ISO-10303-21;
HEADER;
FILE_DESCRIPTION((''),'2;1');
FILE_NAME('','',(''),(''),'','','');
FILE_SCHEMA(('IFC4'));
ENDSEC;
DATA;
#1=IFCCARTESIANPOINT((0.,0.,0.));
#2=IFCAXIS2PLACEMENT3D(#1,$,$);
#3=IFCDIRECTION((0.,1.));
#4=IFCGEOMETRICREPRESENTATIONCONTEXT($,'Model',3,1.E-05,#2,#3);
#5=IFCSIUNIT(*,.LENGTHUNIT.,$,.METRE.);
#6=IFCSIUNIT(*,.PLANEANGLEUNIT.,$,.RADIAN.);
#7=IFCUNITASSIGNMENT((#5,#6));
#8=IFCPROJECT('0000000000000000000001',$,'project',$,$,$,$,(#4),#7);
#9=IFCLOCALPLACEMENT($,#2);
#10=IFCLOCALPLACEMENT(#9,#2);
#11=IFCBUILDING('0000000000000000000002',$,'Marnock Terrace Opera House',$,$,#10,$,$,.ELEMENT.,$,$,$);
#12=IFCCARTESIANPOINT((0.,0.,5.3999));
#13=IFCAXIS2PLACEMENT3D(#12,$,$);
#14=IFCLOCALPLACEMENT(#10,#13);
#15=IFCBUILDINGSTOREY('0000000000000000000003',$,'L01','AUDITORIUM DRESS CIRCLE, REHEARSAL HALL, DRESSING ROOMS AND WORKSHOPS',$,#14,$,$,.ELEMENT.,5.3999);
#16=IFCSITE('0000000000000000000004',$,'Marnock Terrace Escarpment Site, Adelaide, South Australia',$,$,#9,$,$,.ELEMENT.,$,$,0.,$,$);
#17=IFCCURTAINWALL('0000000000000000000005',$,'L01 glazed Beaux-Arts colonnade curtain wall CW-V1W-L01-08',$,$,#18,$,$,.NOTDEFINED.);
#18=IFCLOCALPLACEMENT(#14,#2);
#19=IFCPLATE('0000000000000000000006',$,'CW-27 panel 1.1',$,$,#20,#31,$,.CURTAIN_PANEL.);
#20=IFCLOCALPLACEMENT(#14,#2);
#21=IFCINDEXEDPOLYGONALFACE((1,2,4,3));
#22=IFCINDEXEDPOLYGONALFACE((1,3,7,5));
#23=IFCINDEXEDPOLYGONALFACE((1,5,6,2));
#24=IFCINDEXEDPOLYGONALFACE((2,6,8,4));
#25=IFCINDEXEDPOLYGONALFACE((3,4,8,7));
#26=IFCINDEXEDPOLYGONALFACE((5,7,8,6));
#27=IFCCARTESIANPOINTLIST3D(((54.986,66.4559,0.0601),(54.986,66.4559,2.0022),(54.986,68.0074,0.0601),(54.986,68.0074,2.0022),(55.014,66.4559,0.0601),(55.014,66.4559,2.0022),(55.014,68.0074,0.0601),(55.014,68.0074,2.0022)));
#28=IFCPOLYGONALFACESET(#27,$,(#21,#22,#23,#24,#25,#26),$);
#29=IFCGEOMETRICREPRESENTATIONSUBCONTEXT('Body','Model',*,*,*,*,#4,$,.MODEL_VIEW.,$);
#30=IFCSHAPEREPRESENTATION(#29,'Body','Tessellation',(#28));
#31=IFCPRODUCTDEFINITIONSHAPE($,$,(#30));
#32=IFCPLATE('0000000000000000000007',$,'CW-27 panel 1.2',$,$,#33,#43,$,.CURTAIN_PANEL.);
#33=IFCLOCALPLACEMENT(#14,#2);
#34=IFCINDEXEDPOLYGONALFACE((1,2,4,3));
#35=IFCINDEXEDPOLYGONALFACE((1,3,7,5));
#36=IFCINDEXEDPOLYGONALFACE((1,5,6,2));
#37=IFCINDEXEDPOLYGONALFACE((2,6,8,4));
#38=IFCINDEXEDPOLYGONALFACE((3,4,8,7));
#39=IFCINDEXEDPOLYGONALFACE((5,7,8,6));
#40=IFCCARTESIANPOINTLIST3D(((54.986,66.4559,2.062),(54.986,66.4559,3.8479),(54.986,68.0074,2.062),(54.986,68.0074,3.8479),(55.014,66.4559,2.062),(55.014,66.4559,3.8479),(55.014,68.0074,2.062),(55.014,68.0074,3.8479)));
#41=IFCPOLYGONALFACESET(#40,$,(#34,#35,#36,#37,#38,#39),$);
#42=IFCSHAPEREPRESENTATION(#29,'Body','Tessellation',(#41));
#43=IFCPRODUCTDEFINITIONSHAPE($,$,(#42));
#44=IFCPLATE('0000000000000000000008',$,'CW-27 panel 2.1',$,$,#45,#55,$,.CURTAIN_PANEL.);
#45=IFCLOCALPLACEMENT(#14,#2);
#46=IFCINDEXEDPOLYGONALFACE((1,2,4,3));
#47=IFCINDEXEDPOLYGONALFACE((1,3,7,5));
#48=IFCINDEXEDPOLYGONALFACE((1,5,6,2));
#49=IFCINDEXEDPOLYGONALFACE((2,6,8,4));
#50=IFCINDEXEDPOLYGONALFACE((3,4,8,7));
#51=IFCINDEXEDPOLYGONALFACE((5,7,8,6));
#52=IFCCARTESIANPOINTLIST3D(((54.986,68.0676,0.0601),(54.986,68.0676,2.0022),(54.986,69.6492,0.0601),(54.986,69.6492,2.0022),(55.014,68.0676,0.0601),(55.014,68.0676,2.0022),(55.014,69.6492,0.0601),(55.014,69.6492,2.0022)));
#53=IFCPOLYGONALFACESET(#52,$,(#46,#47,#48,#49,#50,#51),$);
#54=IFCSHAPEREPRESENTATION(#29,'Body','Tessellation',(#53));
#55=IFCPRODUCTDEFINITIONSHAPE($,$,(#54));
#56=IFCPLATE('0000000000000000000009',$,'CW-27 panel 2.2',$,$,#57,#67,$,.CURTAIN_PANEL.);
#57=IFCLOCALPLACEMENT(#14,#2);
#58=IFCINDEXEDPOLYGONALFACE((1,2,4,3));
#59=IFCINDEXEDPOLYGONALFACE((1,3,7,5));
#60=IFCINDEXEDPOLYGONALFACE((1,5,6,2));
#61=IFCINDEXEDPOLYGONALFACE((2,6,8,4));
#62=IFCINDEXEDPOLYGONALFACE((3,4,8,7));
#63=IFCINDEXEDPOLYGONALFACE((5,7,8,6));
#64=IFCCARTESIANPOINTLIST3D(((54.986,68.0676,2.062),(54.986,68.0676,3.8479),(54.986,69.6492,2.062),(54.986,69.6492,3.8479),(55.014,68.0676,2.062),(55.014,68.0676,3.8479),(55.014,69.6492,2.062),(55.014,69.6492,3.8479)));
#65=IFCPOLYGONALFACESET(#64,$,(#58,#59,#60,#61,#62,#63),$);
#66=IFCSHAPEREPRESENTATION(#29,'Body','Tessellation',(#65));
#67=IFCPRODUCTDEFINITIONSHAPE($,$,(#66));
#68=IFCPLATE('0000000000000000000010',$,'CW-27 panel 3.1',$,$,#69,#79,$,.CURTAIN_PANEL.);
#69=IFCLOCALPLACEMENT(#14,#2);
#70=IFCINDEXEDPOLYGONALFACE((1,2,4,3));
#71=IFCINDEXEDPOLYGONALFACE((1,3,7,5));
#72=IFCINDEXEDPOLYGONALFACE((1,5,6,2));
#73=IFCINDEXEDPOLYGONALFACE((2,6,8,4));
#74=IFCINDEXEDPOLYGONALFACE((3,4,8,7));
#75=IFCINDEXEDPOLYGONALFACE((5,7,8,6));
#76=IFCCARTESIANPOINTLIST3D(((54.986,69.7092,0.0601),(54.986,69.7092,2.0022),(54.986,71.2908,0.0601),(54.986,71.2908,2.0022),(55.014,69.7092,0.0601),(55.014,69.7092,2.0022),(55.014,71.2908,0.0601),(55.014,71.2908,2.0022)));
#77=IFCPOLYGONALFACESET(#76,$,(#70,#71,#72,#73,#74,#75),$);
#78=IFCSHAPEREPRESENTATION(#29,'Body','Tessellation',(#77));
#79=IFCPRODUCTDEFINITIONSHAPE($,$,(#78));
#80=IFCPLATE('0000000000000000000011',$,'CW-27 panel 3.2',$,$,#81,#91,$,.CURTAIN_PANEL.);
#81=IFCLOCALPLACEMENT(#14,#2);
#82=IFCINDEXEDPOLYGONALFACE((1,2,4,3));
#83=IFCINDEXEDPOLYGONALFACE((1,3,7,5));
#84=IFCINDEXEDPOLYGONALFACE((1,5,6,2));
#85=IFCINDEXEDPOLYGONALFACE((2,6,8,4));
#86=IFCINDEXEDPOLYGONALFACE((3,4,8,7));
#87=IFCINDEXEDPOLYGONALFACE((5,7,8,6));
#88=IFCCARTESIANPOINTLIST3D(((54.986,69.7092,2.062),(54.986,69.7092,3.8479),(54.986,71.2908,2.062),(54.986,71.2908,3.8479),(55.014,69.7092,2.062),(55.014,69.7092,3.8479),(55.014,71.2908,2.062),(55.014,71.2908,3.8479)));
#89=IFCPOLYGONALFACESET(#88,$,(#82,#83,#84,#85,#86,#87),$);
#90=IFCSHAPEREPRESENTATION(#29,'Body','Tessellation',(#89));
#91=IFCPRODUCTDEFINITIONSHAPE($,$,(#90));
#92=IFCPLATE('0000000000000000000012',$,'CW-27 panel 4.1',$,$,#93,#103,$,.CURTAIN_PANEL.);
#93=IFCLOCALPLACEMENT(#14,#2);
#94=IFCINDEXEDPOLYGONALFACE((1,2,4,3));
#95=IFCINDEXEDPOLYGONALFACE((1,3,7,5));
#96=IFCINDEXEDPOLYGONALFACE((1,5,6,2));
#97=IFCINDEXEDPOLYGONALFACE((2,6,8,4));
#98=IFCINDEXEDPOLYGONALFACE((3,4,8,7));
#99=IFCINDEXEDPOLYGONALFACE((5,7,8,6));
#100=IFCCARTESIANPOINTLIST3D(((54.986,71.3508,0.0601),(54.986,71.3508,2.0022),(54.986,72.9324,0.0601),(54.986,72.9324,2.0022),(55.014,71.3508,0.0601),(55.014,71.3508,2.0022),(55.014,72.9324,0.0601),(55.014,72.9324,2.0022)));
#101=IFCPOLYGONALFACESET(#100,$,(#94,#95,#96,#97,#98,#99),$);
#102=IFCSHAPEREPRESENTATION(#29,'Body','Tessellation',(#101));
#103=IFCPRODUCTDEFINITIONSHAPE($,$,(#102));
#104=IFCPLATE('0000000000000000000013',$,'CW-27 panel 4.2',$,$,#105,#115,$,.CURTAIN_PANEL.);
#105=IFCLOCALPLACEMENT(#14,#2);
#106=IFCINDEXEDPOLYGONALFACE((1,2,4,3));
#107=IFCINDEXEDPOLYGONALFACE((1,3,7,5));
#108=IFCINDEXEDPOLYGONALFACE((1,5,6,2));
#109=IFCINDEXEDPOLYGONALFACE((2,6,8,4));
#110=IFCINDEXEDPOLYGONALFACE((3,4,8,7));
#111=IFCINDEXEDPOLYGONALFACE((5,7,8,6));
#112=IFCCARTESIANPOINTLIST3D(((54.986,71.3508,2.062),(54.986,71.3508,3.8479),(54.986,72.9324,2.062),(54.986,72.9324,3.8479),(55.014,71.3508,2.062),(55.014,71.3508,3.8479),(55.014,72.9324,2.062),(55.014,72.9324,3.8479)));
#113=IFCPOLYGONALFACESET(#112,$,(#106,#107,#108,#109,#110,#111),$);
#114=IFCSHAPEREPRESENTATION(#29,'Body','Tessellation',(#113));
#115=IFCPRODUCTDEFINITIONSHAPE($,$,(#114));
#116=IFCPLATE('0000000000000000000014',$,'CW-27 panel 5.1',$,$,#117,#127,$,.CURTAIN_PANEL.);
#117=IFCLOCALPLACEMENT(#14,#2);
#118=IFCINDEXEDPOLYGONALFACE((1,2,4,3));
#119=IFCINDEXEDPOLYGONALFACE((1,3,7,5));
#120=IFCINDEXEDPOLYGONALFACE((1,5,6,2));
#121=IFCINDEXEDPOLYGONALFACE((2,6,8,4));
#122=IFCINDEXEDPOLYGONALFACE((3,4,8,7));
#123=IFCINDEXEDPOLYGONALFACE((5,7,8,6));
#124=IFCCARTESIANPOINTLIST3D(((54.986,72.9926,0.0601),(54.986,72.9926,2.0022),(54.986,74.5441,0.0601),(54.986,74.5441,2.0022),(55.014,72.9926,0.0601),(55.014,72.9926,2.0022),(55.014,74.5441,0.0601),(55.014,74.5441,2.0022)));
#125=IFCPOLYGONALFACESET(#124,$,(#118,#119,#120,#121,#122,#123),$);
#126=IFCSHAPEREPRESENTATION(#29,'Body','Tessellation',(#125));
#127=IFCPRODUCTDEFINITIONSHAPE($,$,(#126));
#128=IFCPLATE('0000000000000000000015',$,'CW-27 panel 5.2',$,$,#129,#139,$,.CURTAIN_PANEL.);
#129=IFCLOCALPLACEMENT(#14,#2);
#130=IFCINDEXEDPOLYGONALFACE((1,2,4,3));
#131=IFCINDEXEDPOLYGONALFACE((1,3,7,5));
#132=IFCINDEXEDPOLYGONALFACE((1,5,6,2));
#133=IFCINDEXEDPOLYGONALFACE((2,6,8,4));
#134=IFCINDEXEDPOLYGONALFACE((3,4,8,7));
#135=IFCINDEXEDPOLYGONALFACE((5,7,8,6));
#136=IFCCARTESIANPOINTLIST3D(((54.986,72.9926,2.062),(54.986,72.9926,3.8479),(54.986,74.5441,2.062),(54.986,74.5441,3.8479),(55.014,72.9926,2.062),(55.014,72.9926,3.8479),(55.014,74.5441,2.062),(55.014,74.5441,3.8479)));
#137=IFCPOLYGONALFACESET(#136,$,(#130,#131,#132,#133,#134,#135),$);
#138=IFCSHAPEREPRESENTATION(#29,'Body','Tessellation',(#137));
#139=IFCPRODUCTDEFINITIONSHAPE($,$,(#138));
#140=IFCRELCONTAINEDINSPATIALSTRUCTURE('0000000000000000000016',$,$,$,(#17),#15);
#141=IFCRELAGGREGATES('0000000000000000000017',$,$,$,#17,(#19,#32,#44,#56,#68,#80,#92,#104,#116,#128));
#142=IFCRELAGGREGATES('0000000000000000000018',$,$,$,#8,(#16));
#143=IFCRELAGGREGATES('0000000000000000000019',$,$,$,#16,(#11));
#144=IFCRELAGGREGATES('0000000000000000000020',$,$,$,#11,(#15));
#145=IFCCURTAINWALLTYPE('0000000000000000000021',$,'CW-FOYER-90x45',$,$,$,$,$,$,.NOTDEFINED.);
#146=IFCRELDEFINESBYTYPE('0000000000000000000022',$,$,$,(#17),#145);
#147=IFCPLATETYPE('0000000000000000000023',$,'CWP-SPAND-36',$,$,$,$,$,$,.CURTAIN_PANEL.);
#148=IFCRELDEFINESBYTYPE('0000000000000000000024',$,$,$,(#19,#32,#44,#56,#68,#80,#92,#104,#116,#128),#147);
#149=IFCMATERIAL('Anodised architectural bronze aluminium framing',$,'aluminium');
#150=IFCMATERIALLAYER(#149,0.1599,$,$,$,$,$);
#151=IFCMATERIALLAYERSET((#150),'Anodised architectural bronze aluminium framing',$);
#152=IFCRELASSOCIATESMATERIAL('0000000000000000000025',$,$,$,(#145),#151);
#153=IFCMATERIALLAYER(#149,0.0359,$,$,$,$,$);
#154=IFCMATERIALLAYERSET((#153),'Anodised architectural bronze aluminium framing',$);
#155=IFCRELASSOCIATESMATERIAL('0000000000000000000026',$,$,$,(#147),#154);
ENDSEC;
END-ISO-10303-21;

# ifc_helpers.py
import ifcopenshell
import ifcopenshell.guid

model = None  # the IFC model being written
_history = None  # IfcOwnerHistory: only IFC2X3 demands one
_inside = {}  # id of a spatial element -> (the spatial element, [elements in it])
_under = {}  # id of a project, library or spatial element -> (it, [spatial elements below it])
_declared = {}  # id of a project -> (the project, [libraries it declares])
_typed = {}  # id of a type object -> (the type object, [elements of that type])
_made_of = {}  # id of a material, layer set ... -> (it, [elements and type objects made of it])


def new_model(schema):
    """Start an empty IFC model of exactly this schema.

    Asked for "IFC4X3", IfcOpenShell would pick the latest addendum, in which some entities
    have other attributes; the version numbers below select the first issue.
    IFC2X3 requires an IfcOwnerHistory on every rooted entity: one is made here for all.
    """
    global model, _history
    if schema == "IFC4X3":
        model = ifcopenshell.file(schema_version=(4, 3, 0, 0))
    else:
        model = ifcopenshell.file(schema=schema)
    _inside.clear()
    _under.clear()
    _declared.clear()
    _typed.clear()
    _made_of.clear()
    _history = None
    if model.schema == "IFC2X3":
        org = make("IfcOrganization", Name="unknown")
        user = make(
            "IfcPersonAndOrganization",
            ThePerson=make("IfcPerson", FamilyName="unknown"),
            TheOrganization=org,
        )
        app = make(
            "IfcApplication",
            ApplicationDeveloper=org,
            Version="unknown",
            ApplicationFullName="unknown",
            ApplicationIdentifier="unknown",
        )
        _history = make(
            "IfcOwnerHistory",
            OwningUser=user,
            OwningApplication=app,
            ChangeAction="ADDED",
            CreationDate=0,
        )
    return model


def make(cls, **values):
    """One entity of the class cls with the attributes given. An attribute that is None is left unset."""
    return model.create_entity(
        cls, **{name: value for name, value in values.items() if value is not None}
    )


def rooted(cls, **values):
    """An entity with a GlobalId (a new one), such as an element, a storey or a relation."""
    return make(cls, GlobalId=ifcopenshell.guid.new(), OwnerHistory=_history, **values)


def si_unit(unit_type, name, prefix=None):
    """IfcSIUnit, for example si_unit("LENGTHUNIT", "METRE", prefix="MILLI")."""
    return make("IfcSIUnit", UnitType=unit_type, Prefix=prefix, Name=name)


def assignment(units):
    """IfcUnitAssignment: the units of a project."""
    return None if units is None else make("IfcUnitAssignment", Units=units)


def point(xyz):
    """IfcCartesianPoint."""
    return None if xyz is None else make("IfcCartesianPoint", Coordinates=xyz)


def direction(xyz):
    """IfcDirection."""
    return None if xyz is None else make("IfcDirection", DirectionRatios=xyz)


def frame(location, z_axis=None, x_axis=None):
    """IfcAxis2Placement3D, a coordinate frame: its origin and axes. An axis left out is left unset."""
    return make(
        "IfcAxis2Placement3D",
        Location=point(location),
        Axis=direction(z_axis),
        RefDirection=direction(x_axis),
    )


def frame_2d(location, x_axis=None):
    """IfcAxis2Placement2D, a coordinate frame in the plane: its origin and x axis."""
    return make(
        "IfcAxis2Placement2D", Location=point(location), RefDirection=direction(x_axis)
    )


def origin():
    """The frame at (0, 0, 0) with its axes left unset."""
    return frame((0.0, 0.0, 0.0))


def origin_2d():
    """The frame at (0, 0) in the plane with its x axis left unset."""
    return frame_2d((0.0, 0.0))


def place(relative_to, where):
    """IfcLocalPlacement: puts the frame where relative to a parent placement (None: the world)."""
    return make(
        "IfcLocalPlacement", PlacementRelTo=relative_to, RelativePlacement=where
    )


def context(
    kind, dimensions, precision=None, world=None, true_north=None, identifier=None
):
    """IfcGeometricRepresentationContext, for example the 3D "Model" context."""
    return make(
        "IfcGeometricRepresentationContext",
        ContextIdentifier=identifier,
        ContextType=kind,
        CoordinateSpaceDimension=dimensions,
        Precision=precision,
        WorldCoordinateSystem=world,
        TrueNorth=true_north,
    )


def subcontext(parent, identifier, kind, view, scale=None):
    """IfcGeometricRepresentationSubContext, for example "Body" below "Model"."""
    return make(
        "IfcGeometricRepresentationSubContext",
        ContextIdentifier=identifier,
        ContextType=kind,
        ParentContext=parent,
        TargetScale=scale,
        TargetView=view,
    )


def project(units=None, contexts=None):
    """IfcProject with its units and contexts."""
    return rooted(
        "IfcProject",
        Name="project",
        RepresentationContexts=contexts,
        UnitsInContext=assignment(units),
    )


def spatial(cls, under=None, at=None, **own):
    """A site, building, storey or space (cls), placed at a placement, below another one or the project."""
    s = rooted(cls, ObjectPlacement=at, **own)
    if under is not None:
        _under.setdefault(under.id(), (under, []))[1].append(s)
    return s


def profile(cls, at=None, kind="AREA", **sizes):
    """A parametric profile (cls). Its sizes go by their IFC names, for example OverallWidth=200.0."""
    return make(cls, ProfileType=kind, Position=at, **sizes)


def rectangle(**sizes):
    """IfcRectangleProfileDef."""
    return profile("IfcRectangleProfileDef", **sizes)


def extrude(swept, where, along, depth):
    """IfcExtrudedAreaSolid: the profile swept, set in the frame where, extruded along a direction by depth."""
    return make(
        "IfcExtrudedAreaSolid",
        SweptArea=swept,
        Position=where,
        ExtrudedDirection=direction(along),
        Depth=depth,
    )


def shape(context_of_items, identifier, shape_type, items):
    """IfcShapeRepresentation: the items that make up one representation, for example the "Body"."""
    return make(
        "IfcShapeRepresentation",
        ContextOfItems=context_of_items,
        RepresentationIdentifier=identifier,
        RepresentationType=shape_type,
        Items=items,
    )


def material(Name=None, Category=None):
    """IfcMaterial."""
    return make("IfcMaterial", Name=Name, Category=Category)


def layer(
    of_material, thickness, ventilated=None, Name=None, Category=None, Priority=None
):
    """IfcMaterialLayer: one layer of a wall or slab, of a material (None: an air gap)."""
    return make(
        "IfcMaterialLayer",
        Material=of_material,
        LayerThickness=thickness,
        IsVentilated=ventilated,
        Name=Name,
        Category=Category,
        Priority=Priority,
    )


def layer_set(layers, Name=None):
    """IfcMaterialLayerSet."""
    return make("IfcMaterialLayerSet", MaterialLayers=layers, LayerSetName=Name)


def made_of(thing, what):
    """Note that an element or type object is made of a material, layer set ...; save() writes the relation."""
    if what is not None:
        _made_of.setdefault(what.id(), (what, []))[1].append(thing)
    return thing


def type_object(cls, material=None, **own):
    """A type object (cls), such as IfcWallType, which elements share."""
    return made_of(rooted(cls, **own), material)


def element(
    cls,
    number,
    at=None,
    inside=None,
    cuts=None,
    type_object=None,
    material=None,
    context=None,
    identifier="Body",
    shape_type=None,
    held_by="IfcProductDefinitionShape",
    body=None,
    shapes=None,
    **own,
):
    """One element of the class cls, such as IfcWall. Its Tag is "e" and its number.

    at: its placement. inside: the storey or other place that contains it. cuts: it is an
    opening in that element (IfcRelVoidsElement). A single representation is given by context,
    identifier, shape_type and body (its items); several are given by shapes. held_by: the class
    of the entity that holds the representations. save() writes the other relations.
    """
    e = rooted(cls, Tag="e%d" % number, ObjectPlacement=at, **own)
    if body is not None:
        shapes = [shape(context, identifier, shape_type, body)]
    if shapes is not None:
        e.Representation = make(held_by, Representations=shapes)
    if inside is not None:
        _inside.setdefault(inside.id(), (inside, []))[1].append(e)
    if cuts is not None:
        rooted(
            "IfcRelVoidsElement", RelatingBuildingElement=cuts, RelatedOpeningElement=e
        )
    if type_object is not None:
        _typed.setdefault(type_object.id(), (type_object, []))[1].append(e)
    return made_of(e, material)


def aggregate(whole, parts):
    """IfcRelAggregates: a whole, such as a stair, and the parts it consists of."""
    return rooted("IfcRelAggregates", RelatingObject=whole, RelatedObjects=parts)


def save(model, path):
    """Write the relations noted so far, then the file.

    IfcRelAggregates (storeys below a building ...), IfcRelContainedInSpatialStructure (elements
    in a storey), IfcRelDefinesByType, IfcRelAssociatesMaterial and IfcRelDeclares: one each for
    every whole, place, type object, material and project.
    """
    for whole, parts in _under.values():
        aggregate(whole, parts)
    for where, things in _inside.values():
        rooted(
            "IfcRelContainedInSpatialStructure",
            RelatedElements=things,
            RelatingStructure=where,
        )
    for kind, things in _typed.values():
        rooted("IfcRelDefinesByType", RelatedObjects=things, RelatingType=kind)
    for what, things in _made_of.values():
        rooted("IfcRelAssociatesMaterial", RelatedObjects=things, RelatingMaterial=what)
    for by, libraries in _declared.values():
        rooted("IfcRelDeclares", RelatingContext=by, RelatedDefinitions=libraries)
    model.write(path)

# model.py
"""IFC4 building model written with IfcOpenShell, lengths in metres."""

from ifc_helpers import new_model, si_unit, direction, frame, origin, origin_2d, place, context, subcontext, project, spatial, rectangle, extrude, material, layer, layer_set, type_object, element, aggregate, save


model = new_model("IFC4")

# Units and contexts
model_context = context("Model", 3, precision=1e-05, world=origin(), true_north=direction((0.0, 1.0)))
body_context = subcontext(model_context, "Body", "Model", "MODEL_VIEW")
ifc_project = project(units=[si_unit("LENGTHUNIT", "METRE"), si_unit("PLANEANGLEUNIT", "RADIAN")], contexts=[model_context])

# Site, building, storey
site_placement = place(None, origin())
site = spatial("IfcSite", under=ifc_project, at=site_placement, Name="Marnock Terrace Escarpment Site, Adelaide, South Australia", CompositionType="ELEMENT", RefElevation=0.0)
building_placement = place(site_placement, origin())
building = spatial("IfcBuilding", under=site, at=building_placement, Name="Marnock Terrace Opera House", CompositionType="ELEMENT")
storey_placement = place(building_placement, frame((0.0, 0.0, 5.3999)))
storey = spatial("IfcBuildingStorey", under=building, at=storey_placement, Name="L01", Description="AUDITORIUM DRESS CIRCLE, REHEARSAL HALL, DRESSING ROOMS AND WORKSHOPS", CompositionType="ELEMENT", Elevation=5.3999)

# Shared definitions
ifc_material_1 = material(Name="Anodised architectural bronze aluminium framing", Category="aluminium")
ifc_layer_1 = layer(ifc_material_1, 0.1599)
ifc_layer_set_1 = layer_set([ifc_layer_1], Name="Anodised architectural bronze aluminium framing")
curtain_wall_type = type_object("IfcCurtainWallType", Name="CW-FOYER-90x45", PredefinedType="NOTDEFINED", material=ifc_layer_set_1)

# Curtain wall
curtain_wall_1_placement = place(storey_placement, origin())
curtain_wall_1 = element("IfcCurtainWall", 1, at=curtain_wall_1_placement, inside=storey, type_object=curtain_wall_type, Name="L01 glazed Beaux-Arts colonnade curtain wall CW-V1W-L01-08", PredefinedType="NOTDEFINED")

# Plates
ifc_layer_2 = layer(ifc_material_1, 0.0359)
ifc_layer_set_2 = layer_set([ifc_layer_2], Name="Anodised architectural bronze aluminium framing")
plate_type_1 = type_object("IfcPlateType", Name="CWP-SPAND-36", PredefinedType="CURTAIN_PANEL", material=ifc_layer_set_2)
plate_1_placement = place(storey_placement, frame((55.0, 67.2317, 0.0601), z_axis=(0.0, 0.0, 1.0), x_axis=(0.0, 1.0, 0.0)))
plate_1 = element("IfcPlate", 2, at=plate_1_placement, type_object=plate_type_1, Name="CW-27 panel 1.1", PredefinedType="CURTAIN_PANEL", context=body_context, shape_type="SweptSolid", body=[
    extrude(rectangle(XDim=1.5515, YDim=0.0281, at=origin_2d()), origin(), (0.0, 0.0, 1.0), 1.9421),
])
plate_2_placement = place(storey_placement, frame((55.0, 67.2317, 2.062), z_axis=(0.0, 0.0, 1.0), x_axis=(0.0, 1.0, 0.0)))
plate_2 = element("IfcPlate", 3, at=plate_2_placement, type_object=plate_type_1, Name="CW-27 panel 1.2", PredefinedType="CURTAIN_PANEL", context=body_context, shape_type="SweptSolid", body=[
    extrude(rectangle(XDim=1.5515, YDim=0.0281, at=origin_2d()), origin(), (0.0, 0.0, 1.0), 1.7859),
])
plate_3_placement = place(storey_placement, frame((55.0, 68.8584, 0.0601), z_axis=(0.0, 0.0, 1.0), x_axis=(0.0, 1.0, 0.0)))
plate_3 = element("IfcPlate", 4, at=plate_3_placement, type_object=plate_type_1, Name="CW-27 panel 2.1", PredefinedType="CURTAIN_PANEL", context=body_context, shape_type="SweptSolid", body=[
    extrude(rectangle(XDim=1.5815, YDim=0.0281, at=origin_2d()), origin(), (0.0, 0.0, 1.0), 1.9421),
])
plate_4_placement = place(storey_placement, frame((55.0, 68.8584, 2.062), z_axis=(0.0, 0.0, 1.0), x_axis=(0.0, 1.0, 0.0)))
plate_4 = element("IfcPlate", 5, at=plate_4_placement, type_object=plate_type_1, Name="CW-27 panel 2.2", PredefinedType="CURTAIN_PANEL", context=body_context, shape_type="SweptSolid", body=[
    extrude(rectangle(XDim=1.5815, YDim=0.0281, at=origin_2d()), origin(), (0.0, 0.0, 1.0), 1.7859),
])
plate_5_placement = place(storey_placement, frame((55.0, 70.5, 0.0601), z_axis=(0.0, 0.0, 1.0), x_axis=(0.0, 1.0, 0.0)))
plate_5 = element("IfcPlate", 6, at=plate_5_placement, type_object=plate_type_1, Name="CW-27 panel 3.1", PredefinedType="CURTAIN_PANEL", context=body_context, shape_type="SweptSolid", body=[
    extrude(rectangle(XDim=1.5815, YDim=0.0281, at=origin_2d()), origin(), (0.0, 0.0, 1.0), 1.9421),
])
plate_6_placement = place(storey_placement, frame((55.0, 70.5, 2.062), z_axis=(0.0, 0.0, 1.0), x_axis=(0.0, 1.0, 0.0)))
plate_6 = element("IfcPlate", 7, at=plate_6_placement, type_object=plate_type_1, Name="CW-27 panel 3.2", PredefinedType="CURTAIN_PANEL", context=body_context, shape_type="SweptSolid", body=[
    extrude(rectangle(XDim=1.5815, YDim=0.0281, at=origin_2d()), origin(), (0.0, 0.0, 1.0), 1.7859),
])
plate_7_placement = place(storey_placement, frame((55.0, 72.1416, 0.0601), z_axis=(0.0, 0.0, 1.0), x_axis=(0.0, 1.0, 0.0)))
plate_7 = element("IfcPlate", 8, at=plate_7_placement, type_object=plate_type_1, Name="CW-27 panel 4.1", PredefinedType="CURTAIN_PANEL", context=body_context, shape_type="SweptSolid", body=[
    extrude(rectangle(XDim=1.5815, YDim=0.0281, at=origin_2d()), origin(), (0.0, 0.0, 1.0), 1.9421),
])
plate_8_placement = place(storey_placement, frame((55.0, 72.1416, 2.062), z_axis=(0.0, 0.0, 1.0), x_axis=(0.0, 1.0, 0.0)))
plate_8 = element("IfcPlate", 9, at=plate_8_placement, type_object=plate_type_1, Name="CW-27 panel 4.2", PredefinedType="CURTAIN_PANEL", context=body_context, shape_type="SweptSolid", body=[
    extrude(rectangle(XDim=1.5815, YDim=0.0281, at=origin_2d()), origin(), (0.0, 0.0, 1.0), 1.7859),
])
plate_9_placement = place(storey_placement, frame((55.0, 73.7683, 0.0601), z_axis=(0.0, 0.0, 1.0), x_axis=(0.0, 1.0, 0.0)))
plate_9 = element("IfcPlate", 10, at=plate_9_placement, type_object=plate_type_1, Name="CW-27 panel 5.1", PredefinedType="CURTAIN_PANEL", context=body_context, shape_type="SweptSolid", body=[
    extrude(rectangle(XDim=1.5515, YDim=0.0281, at=origin_2d()), origin(), (0.0, 0.0, 1.0), 1.9421),
])
plate_10_placement = place(storey_placement, frame((55.0, 73.7683, 2.062), z_axis=(0.0, 0.0, 1.0), x_axis=(0.0, 1.0, 0.0)))
plate_10 = element("IfcPlate", 11, at=plate_10_placement, type_object=plate_type_1, Name="CW-27 panel 5.2", PredefinedType="CURTAIN_PANEL", context=body_context, shape_type="SweptSolid", body=[
    extrude(rectangle(XDim=1.5515, YDim=0.0281, at=origin_2d()), origin(), (0.0, 0.0, 1.0), 1.7859),
])
aggregate(curtain_wall_1, [plate_1, plate_2, plate_3, plate_4, plate_5, plate_6, plate_7, plate_8, plate_9, plate_10])

save(model, "model.ifc")
